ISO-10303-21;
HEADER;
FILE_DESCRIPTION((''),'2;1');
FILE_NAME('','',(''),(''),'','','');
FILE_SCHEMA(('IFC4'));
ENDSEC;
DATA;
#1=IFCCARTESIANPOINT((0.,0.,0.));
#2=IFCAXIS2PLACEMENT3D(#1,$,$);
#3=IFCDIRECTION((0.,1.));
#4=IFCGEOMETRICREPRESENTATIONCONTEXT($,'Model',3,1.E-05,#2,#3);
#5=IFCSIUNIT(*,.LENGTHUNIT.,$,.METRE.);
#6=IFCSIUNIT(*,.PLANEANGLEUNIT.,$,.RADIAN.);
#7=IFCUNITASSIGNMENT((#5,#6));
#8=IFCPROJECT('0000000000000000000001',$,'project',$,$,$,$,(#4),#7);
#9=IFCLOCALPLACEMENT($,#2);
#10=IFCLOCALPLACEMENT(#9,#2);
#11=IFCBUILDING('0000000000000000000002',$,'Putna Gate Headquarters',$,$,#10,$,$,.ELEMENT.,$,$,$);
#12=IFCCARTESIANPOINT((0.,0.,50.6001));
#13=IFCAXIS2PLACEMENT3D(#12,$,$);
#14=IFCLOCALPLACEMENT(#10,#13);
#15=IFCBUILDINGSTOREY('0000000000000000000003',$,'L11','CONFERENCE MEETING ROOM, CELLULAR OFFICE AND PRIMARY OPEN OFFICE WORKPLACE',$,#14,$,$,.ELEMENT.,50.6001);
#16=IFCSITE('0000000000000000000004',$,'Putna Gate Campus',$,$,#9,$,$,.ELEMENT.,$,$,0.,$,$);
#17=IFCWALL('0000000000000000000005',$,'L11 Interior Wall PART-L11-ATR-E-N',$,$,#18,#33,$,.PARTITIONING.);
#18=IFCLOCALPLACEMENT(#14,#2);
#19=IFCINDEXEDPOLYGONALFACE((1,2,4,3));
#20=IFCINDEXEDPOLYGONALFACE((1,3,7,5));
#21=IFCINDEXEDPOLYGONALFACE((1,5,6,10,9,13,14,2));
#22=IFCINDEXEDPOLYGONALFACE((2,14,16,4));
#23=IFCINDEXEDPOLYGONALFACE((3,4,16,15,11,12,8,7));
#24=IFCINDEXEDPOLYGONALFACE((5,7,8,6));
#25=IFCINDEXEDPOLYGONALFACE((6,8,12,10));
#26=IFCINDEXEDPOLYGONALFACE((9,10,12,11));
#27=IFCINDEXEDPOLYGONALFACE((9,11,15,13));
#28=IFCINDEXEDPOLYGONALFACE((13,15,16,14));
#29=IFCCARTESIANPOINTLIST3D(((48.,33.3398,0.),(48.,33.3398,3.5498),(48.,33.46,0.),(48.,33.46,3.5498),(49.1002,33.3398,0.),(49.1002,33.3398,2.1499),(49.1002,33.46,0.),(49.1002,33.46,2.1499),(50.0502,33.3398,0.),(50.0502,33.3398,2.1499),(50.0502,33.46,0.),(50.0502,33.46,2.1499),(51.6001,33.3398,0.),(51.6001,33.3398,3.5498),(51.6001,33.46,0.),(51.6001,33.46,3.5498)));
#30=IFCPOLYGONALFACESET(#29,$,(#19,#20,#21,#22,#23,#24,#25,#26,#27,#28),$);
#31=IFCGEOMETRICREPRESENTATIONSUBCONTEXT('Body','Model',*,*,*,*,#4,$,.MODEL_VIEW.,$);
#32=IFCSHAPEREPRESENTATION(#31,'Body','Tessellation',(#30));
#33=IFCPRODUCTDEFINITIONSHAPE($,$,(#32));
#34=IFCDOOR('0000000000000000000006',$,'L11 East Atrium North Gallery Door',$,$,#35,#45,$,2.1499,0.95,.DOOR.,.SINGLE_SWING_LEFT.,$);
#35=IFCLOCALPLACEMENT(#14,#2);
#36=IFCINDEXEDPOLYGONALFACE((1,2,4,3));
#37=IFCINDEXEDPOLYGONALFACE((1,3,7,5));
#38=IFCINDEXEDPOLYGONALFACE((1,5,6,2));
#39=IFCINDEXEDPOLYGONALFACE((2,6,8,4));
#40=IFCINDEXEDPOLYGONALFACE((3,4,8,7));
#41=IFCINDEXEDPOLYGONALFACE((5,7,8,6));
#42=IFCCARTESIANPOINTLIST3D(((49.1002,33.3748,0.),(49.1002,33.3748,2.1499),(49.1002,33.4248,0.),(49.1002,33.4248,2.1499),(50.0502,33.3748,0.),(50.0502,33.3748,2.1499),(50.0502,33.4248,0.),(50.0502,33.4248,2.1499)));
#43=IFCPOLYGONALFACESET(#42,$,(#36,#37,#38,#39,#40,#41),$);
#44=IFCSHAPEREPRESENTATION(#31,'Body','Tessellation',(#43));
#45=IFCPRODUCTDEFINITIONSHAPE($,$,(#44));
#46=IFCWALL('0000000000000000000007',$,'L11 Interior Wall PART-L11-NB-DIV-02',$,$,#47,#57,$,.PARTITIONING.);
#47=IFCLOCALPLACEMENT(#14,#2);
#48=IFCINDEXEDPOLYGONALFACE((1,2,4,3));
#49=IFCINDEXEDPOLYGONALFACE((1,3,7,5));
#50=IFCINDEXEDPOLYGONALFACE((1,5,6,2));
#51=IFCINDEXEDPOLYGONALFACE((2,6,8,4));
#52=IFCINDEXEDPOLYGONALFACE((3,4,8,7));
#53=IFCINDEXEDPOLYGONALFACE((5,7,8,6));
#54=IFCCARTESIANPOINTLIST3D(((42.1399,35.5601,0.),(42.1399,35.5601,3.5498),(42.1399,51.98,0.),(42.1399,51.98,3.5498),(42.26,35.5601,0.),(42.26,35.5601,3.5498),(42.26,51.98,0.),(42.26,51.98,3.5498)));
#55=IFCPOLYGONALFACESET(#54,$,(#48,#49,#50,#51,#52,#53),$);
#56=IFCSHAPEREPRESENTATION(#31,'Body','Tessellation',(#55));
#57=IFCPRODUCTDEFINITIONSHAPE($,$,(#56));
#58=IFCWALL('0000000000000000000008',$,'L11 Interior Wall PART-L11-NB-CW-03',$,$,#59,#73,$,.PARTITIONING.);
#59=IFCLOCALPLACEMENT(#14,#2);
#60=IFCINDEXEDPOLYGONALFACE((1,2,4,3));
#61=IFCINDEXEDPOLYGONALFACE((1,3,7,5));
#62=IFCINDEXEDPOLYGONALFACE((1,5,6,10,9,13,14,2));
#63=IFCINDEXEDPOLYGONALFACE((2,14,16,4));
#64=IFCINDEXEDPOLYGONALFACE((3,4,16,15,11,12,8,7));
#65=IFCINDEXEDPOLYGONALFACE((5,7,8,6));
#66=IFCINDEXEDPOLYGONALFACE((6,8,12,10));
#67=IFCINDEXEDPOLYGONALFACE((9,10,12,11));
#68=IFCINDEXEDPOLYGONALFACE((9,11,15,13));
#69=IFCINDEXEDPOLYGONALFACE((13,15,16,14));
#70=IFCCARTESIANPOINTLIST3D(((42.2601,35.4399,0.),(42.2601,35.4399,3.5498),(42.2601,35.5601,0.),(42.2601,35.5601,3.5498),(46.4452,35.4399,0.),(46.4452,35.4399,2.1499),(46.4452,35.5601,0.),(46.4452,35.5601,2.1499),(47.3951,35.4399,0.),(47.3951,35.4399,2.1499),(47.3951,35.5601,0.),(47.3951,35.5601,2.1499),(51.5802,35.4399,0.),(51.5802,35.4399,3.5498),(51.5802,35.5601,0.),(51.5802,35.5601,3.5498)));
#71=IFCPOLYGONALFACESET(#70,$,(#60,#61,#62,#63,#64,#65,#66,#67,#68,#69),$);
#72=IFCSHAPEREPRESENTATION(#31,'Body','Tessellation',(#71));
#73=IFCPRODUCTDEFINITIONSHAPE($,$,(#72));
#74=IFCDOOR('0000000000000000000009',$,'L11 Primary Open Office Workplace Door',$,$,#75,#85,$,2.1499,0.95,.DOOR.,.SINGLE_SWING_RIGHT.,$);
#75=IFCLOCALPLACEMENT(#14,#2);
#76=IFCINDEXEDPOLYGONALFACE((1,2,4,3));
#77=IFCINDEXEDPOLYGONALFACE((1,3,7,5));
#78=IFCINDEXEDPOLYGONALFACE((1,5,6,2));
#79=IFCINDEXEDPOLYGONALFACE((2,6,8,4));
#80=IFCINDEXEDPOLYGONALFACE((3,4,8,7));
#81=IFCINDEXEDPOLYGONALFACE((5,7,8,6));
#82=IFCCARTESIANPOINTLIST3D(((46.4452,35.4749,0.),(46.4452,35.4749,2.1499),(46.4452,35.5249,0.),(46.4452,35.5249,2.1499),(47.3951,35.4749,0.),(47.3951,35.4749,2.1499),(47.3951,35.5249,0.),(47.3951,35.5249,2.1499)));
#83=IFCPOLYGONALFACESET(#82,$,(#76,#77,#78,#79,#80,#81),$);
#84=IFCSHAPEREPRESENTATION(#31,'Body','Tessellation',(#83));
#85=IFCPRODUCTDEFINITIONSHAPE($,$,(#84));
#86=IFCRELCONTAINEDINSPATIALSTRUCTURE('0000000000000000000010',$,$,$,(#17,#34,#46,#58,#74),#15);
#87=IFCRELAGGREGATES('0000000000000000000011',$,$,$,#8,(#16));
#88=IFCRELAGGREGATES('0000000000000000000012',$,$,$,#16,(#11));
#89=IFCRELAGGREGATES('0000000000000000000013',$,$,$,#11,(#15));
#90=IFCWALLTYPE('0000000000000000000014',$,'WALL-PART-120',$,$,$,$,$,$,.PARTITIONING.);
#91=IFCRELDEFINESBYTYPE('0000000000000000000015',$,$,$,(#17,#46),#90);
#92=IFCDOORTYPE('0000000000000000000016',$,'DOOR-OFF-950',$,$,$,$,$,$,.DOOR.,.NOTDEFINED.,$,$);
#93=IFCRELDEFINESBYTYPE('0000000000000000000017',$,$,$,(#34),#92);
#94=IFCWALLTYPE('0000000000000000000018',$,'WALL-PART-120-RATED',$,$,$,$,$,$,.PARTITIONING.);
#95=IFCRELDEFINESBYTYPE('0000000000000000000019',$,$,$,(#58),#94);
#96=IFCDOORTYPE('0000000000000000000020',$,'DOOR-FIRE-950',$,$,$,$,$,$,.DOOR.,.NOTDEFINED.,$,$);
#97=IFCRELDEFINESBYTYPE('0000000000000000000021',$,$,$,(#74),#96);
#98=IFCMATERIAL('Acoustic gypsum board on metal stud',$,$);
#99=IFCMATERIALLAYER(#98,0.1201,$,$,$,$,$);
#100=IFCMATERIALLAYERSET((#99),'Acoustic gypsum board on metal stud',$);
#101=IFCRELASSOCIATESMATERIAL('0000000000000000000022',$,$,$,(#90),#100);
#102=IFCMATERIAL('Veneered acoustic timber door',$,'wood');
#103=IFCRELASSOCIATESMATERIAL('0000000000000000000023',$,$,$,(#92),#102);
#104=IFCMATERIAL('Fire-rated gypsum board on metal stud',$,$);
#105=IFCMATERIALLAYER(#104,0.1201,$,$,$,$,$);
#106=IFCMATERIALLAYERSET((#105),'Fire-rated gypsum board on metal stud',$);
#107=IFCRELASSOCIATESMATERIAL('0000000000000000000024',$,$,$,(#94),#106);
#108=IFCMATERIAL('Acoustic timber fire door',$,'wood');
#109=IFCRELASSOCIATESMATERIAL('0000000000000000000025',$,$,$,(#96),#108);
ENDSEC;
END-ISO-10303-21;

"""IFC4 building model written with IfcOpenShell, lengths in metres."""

from ifc_helpers import new_model, si_unit, direction, frame, frame_2d, origin, place, context, subcontext, project, spatial, rectangle, extrude, material, layer, layer_set, type_object, element, fill, save


model = new_model("IFC4")

# Units and contexts
model_context = context("Model", 3, precision=1e-05, world=origin(), true_north=direction((0.0, 1.0)))
body_context = subcontext(model_context, "Body", "Model", "MODEL_VIEW")
ifc_project = project(units=[si_unit("LENGTHUNIT", "METRE"), si_unit("PLANEANGLEUNIT", "RADIAN")], contexts=[model_context])

# Site, building, storey
site_placement = place(None, origin())
site = spatial("IfcSite", under=ifc_project, at=site_placement, Name="Putna Gate Campus", CompositionType="ELEMENT", RefElevation=0.0)
building_placement = place(site_placement, origin())
building = spatial("IfcBuilding", under=site, at=building_placement, Name="Putna Gate Headquarters", CompositionType="ELEMENT")
storey_placement = place(building_placement, frame((0.0, 0.0, 50.6001)))
storey = spatial("IfcBuildingStorey", under=building, at=storey_placement, Name="L11", Description="CONFERENCE MEETING ROOM, CELLULAR OFFICE AND PRIMARY OPEN OFFICE WORKPLACE", CompositionType="ELEMENT", Elevation=50.6001)

# Shared definitions
ifc_material_1 = material(Name="Acoustic gypsum board on metal stud")
ifc_layer_1 = layer(ifc_material_1, 0.1201)
ifc_layer_set_1 = layer_set([ifc_layer_1], Name="Acoustic gypsum board on metal stud")
wall_type_1 = type_object("IfcWallType", Name="WALL-PART-120", PredefinedType="PARTITIONING", material=ifc_layer_set_1)

# Wall, opening, door
wall_1_placement = place(storey_placement, frame((48.0, 33.3999, 0.0), z_axis=(0.0, 0.0, 1.0), x_axis=(1.0, 0.0, 0.0)))
wall_1 = element("IfcWall", 1, at=wall_1_placement, inside=storey, type_object=wall_type_1, Name="L11 Interior Wall PART-L11-ATR-E-N", PredefinedType="PARTITIONING", context=body_context, shape_type="SweptSolid", body=[
    extrude(rectangle(XDim=3.6001, YDim=0.1201, at=frame_2d((1.8, 0.0))), origin(), (0.0, 0.0, 1.0), 3.5498),
])
opening_1_placement = place(wall_1_placement, frame((1.1001, 0.0, 0.0)))
opening_1 = element("IfcOpeningElement", 2, at=opening_1_placement, cuts=wall_1, PredefinedType="OPENING", context=body_context, shape_type="SweptSolid", body=[
    extrude(rectangle(XDim=0.95, YDim=2.1499, at=frame_2d((0.4751, 1.075))), frame((0.0, 0.0701, 0.0), z_axis=(0.0, -1.0, 0.0), x_axis=(1.0, 0.0, 0.0)), (0.0, 0.0, 1.0), 0.1401),
])
ifc_material_2 = material(Name="Veneered acoustic timber door", Category="wood")
door_type_1 = type_object("IfcDoorType", Name="DOOR-OFF-950", OperationType="NOTDEFINED", PredefinedType="DOOR", material=ifc_material_2)
door_1_placement = place(opening_1_placement, origin())
door_1 = element("IfcDoor", 3, at=door_1_placement, inside=storey, type_object=door_type_1, Name="L11 East Atrium North Gallery Door", OperationType="SINGLE_SWING_LEFT", OverallHeight=2.1499, OverallWidth=0.95, PredefinedType="DOOR", context=body_context, shape_type="SweptSolid", body=[
    extrude(rectangle(XDim=0.95, YDim=2.1499, at=frame_2d((0.4751, 1.075))), frame((0.0, 0.0249, 0.0), z_axis=(0.0, -1.0, 0.0), x_axis=(1.0, 0.0, 0.0)), (0.0, 0.0, 1.0), 0.05),
])
fill(opening_1, door_1)

# Wall
wall_2_placement = place(storey_placement, frame((42.2, 35.5601, 0.0), z_axis=(0.0, 0.0, 1.0), x_axis=(0.0, 1.0, 0.0)))
element("IfcWall", 4, at=wall_2_placement, inside=storey, type_object=wall_type_1, Name="L11 Interior Wall PART-L11-NB-DIV-02", PredefinedType="PARTITIONING", context=body_context, shape_type="SweptSolid", body=[
    extrude(rectangle(XDim=16.4199, YDim=0.1201, at=frame_2d((8.21, 0.0))), origin(), (0.0, 0.0, 1.0), 3.5498),
])

# Wall, opening, door
ifc_material_3 = material(Name="Fire-rated gypsum board on metal stud")
ifc_layer_2 = layer(ifc_material_3, 0.1201)
ifc_layer_set_2 = layer_set([ifc_layer_2], Name="Fire-rated gypsum board on metal stud")
wall_type_2 = type_object("IfcWallType", Name="WALL-PART-120-RATED", PredefinedType="PARTITIONING", material=ifc_layer_set_2)
wall_3_placement = place(storey_placement, frame((42.26, 35.5, 0.0), z_axis=(0.0, 0.0, 1.0), x_axis=(1.0, 0.0, 0.0)))
wall_3 = element("IfcWall", 5, at=wall_3_placement, inside=storey, type_object=wall_type_2, Name="L11 Interior Wall PART-L11-NB-CW-03", PredefinedType="PARTITIONING", context=body_context, shape_type="SweptSolid", body=[
    extrude(rectangle(XDim=9.3201, YDim=0.1201, at=frame_2d((4.6602, 0.0))), origin(), (0.0, 0.0, 1.0), 3.5498),
])
opening_2_placement = place(wall_3_placement, frame((4.1851, 0.0, 0.0)))
opening_2 = element("IfcOpeningElement", 6, at=opening_2_placement, cuts=wall_3, PredefinedType="OPENING", context=body_context, shape_type="SweptSolid", body=[
    extrude(rectangle(XDim=0.95, YDim=2.1499, at=frame_2d((0.4751, 1.075))), frame((0.0, 0.0701, 0.0), z_axis=(0.0, -1.0, 0.0), x_axis=(1.0, 0.0, 0.0)), (0.0, 0.0, 1.0), 0.1401),
])
ifc_material_4 = material(Name="Acoustic timber fire door", Category="wood")
door_type_2 = type_object("IfcDoorType", Name="DOOR-FIRE-950", OperationType="NOTDEFINED", PredefinedType="DOOR", material=ifc_material_4)
door_2_placement = place(opening_2_placement, origin())
door_2 = element("IfcDoor", 7, at=door_2_placement, inside=storey, type_object=door_type_2, Name="L11 Primary Open Office Workplace Door", OperationType="SINGLE_SWING_RIGHT", OverallHeight=2.1499, OverallWidth=0.95, PredefinedType="DOOR", context=body_context, shape_type="SweptSolid", body=[
    extrude(rectangle(XDim=0.95, YDim=2.1499, at=frame_2d((0.4751, 1.075))), frame((0.0, 0.0249, 0.0), z_axis=(0.0, -1.0, 0.0), x_axis=(1.0, 0.0, 0.0)), (0.0, 0.0, 1.0), 0.05),
])
fill(opening_2, door_2)

save(model, "model.ifc")
